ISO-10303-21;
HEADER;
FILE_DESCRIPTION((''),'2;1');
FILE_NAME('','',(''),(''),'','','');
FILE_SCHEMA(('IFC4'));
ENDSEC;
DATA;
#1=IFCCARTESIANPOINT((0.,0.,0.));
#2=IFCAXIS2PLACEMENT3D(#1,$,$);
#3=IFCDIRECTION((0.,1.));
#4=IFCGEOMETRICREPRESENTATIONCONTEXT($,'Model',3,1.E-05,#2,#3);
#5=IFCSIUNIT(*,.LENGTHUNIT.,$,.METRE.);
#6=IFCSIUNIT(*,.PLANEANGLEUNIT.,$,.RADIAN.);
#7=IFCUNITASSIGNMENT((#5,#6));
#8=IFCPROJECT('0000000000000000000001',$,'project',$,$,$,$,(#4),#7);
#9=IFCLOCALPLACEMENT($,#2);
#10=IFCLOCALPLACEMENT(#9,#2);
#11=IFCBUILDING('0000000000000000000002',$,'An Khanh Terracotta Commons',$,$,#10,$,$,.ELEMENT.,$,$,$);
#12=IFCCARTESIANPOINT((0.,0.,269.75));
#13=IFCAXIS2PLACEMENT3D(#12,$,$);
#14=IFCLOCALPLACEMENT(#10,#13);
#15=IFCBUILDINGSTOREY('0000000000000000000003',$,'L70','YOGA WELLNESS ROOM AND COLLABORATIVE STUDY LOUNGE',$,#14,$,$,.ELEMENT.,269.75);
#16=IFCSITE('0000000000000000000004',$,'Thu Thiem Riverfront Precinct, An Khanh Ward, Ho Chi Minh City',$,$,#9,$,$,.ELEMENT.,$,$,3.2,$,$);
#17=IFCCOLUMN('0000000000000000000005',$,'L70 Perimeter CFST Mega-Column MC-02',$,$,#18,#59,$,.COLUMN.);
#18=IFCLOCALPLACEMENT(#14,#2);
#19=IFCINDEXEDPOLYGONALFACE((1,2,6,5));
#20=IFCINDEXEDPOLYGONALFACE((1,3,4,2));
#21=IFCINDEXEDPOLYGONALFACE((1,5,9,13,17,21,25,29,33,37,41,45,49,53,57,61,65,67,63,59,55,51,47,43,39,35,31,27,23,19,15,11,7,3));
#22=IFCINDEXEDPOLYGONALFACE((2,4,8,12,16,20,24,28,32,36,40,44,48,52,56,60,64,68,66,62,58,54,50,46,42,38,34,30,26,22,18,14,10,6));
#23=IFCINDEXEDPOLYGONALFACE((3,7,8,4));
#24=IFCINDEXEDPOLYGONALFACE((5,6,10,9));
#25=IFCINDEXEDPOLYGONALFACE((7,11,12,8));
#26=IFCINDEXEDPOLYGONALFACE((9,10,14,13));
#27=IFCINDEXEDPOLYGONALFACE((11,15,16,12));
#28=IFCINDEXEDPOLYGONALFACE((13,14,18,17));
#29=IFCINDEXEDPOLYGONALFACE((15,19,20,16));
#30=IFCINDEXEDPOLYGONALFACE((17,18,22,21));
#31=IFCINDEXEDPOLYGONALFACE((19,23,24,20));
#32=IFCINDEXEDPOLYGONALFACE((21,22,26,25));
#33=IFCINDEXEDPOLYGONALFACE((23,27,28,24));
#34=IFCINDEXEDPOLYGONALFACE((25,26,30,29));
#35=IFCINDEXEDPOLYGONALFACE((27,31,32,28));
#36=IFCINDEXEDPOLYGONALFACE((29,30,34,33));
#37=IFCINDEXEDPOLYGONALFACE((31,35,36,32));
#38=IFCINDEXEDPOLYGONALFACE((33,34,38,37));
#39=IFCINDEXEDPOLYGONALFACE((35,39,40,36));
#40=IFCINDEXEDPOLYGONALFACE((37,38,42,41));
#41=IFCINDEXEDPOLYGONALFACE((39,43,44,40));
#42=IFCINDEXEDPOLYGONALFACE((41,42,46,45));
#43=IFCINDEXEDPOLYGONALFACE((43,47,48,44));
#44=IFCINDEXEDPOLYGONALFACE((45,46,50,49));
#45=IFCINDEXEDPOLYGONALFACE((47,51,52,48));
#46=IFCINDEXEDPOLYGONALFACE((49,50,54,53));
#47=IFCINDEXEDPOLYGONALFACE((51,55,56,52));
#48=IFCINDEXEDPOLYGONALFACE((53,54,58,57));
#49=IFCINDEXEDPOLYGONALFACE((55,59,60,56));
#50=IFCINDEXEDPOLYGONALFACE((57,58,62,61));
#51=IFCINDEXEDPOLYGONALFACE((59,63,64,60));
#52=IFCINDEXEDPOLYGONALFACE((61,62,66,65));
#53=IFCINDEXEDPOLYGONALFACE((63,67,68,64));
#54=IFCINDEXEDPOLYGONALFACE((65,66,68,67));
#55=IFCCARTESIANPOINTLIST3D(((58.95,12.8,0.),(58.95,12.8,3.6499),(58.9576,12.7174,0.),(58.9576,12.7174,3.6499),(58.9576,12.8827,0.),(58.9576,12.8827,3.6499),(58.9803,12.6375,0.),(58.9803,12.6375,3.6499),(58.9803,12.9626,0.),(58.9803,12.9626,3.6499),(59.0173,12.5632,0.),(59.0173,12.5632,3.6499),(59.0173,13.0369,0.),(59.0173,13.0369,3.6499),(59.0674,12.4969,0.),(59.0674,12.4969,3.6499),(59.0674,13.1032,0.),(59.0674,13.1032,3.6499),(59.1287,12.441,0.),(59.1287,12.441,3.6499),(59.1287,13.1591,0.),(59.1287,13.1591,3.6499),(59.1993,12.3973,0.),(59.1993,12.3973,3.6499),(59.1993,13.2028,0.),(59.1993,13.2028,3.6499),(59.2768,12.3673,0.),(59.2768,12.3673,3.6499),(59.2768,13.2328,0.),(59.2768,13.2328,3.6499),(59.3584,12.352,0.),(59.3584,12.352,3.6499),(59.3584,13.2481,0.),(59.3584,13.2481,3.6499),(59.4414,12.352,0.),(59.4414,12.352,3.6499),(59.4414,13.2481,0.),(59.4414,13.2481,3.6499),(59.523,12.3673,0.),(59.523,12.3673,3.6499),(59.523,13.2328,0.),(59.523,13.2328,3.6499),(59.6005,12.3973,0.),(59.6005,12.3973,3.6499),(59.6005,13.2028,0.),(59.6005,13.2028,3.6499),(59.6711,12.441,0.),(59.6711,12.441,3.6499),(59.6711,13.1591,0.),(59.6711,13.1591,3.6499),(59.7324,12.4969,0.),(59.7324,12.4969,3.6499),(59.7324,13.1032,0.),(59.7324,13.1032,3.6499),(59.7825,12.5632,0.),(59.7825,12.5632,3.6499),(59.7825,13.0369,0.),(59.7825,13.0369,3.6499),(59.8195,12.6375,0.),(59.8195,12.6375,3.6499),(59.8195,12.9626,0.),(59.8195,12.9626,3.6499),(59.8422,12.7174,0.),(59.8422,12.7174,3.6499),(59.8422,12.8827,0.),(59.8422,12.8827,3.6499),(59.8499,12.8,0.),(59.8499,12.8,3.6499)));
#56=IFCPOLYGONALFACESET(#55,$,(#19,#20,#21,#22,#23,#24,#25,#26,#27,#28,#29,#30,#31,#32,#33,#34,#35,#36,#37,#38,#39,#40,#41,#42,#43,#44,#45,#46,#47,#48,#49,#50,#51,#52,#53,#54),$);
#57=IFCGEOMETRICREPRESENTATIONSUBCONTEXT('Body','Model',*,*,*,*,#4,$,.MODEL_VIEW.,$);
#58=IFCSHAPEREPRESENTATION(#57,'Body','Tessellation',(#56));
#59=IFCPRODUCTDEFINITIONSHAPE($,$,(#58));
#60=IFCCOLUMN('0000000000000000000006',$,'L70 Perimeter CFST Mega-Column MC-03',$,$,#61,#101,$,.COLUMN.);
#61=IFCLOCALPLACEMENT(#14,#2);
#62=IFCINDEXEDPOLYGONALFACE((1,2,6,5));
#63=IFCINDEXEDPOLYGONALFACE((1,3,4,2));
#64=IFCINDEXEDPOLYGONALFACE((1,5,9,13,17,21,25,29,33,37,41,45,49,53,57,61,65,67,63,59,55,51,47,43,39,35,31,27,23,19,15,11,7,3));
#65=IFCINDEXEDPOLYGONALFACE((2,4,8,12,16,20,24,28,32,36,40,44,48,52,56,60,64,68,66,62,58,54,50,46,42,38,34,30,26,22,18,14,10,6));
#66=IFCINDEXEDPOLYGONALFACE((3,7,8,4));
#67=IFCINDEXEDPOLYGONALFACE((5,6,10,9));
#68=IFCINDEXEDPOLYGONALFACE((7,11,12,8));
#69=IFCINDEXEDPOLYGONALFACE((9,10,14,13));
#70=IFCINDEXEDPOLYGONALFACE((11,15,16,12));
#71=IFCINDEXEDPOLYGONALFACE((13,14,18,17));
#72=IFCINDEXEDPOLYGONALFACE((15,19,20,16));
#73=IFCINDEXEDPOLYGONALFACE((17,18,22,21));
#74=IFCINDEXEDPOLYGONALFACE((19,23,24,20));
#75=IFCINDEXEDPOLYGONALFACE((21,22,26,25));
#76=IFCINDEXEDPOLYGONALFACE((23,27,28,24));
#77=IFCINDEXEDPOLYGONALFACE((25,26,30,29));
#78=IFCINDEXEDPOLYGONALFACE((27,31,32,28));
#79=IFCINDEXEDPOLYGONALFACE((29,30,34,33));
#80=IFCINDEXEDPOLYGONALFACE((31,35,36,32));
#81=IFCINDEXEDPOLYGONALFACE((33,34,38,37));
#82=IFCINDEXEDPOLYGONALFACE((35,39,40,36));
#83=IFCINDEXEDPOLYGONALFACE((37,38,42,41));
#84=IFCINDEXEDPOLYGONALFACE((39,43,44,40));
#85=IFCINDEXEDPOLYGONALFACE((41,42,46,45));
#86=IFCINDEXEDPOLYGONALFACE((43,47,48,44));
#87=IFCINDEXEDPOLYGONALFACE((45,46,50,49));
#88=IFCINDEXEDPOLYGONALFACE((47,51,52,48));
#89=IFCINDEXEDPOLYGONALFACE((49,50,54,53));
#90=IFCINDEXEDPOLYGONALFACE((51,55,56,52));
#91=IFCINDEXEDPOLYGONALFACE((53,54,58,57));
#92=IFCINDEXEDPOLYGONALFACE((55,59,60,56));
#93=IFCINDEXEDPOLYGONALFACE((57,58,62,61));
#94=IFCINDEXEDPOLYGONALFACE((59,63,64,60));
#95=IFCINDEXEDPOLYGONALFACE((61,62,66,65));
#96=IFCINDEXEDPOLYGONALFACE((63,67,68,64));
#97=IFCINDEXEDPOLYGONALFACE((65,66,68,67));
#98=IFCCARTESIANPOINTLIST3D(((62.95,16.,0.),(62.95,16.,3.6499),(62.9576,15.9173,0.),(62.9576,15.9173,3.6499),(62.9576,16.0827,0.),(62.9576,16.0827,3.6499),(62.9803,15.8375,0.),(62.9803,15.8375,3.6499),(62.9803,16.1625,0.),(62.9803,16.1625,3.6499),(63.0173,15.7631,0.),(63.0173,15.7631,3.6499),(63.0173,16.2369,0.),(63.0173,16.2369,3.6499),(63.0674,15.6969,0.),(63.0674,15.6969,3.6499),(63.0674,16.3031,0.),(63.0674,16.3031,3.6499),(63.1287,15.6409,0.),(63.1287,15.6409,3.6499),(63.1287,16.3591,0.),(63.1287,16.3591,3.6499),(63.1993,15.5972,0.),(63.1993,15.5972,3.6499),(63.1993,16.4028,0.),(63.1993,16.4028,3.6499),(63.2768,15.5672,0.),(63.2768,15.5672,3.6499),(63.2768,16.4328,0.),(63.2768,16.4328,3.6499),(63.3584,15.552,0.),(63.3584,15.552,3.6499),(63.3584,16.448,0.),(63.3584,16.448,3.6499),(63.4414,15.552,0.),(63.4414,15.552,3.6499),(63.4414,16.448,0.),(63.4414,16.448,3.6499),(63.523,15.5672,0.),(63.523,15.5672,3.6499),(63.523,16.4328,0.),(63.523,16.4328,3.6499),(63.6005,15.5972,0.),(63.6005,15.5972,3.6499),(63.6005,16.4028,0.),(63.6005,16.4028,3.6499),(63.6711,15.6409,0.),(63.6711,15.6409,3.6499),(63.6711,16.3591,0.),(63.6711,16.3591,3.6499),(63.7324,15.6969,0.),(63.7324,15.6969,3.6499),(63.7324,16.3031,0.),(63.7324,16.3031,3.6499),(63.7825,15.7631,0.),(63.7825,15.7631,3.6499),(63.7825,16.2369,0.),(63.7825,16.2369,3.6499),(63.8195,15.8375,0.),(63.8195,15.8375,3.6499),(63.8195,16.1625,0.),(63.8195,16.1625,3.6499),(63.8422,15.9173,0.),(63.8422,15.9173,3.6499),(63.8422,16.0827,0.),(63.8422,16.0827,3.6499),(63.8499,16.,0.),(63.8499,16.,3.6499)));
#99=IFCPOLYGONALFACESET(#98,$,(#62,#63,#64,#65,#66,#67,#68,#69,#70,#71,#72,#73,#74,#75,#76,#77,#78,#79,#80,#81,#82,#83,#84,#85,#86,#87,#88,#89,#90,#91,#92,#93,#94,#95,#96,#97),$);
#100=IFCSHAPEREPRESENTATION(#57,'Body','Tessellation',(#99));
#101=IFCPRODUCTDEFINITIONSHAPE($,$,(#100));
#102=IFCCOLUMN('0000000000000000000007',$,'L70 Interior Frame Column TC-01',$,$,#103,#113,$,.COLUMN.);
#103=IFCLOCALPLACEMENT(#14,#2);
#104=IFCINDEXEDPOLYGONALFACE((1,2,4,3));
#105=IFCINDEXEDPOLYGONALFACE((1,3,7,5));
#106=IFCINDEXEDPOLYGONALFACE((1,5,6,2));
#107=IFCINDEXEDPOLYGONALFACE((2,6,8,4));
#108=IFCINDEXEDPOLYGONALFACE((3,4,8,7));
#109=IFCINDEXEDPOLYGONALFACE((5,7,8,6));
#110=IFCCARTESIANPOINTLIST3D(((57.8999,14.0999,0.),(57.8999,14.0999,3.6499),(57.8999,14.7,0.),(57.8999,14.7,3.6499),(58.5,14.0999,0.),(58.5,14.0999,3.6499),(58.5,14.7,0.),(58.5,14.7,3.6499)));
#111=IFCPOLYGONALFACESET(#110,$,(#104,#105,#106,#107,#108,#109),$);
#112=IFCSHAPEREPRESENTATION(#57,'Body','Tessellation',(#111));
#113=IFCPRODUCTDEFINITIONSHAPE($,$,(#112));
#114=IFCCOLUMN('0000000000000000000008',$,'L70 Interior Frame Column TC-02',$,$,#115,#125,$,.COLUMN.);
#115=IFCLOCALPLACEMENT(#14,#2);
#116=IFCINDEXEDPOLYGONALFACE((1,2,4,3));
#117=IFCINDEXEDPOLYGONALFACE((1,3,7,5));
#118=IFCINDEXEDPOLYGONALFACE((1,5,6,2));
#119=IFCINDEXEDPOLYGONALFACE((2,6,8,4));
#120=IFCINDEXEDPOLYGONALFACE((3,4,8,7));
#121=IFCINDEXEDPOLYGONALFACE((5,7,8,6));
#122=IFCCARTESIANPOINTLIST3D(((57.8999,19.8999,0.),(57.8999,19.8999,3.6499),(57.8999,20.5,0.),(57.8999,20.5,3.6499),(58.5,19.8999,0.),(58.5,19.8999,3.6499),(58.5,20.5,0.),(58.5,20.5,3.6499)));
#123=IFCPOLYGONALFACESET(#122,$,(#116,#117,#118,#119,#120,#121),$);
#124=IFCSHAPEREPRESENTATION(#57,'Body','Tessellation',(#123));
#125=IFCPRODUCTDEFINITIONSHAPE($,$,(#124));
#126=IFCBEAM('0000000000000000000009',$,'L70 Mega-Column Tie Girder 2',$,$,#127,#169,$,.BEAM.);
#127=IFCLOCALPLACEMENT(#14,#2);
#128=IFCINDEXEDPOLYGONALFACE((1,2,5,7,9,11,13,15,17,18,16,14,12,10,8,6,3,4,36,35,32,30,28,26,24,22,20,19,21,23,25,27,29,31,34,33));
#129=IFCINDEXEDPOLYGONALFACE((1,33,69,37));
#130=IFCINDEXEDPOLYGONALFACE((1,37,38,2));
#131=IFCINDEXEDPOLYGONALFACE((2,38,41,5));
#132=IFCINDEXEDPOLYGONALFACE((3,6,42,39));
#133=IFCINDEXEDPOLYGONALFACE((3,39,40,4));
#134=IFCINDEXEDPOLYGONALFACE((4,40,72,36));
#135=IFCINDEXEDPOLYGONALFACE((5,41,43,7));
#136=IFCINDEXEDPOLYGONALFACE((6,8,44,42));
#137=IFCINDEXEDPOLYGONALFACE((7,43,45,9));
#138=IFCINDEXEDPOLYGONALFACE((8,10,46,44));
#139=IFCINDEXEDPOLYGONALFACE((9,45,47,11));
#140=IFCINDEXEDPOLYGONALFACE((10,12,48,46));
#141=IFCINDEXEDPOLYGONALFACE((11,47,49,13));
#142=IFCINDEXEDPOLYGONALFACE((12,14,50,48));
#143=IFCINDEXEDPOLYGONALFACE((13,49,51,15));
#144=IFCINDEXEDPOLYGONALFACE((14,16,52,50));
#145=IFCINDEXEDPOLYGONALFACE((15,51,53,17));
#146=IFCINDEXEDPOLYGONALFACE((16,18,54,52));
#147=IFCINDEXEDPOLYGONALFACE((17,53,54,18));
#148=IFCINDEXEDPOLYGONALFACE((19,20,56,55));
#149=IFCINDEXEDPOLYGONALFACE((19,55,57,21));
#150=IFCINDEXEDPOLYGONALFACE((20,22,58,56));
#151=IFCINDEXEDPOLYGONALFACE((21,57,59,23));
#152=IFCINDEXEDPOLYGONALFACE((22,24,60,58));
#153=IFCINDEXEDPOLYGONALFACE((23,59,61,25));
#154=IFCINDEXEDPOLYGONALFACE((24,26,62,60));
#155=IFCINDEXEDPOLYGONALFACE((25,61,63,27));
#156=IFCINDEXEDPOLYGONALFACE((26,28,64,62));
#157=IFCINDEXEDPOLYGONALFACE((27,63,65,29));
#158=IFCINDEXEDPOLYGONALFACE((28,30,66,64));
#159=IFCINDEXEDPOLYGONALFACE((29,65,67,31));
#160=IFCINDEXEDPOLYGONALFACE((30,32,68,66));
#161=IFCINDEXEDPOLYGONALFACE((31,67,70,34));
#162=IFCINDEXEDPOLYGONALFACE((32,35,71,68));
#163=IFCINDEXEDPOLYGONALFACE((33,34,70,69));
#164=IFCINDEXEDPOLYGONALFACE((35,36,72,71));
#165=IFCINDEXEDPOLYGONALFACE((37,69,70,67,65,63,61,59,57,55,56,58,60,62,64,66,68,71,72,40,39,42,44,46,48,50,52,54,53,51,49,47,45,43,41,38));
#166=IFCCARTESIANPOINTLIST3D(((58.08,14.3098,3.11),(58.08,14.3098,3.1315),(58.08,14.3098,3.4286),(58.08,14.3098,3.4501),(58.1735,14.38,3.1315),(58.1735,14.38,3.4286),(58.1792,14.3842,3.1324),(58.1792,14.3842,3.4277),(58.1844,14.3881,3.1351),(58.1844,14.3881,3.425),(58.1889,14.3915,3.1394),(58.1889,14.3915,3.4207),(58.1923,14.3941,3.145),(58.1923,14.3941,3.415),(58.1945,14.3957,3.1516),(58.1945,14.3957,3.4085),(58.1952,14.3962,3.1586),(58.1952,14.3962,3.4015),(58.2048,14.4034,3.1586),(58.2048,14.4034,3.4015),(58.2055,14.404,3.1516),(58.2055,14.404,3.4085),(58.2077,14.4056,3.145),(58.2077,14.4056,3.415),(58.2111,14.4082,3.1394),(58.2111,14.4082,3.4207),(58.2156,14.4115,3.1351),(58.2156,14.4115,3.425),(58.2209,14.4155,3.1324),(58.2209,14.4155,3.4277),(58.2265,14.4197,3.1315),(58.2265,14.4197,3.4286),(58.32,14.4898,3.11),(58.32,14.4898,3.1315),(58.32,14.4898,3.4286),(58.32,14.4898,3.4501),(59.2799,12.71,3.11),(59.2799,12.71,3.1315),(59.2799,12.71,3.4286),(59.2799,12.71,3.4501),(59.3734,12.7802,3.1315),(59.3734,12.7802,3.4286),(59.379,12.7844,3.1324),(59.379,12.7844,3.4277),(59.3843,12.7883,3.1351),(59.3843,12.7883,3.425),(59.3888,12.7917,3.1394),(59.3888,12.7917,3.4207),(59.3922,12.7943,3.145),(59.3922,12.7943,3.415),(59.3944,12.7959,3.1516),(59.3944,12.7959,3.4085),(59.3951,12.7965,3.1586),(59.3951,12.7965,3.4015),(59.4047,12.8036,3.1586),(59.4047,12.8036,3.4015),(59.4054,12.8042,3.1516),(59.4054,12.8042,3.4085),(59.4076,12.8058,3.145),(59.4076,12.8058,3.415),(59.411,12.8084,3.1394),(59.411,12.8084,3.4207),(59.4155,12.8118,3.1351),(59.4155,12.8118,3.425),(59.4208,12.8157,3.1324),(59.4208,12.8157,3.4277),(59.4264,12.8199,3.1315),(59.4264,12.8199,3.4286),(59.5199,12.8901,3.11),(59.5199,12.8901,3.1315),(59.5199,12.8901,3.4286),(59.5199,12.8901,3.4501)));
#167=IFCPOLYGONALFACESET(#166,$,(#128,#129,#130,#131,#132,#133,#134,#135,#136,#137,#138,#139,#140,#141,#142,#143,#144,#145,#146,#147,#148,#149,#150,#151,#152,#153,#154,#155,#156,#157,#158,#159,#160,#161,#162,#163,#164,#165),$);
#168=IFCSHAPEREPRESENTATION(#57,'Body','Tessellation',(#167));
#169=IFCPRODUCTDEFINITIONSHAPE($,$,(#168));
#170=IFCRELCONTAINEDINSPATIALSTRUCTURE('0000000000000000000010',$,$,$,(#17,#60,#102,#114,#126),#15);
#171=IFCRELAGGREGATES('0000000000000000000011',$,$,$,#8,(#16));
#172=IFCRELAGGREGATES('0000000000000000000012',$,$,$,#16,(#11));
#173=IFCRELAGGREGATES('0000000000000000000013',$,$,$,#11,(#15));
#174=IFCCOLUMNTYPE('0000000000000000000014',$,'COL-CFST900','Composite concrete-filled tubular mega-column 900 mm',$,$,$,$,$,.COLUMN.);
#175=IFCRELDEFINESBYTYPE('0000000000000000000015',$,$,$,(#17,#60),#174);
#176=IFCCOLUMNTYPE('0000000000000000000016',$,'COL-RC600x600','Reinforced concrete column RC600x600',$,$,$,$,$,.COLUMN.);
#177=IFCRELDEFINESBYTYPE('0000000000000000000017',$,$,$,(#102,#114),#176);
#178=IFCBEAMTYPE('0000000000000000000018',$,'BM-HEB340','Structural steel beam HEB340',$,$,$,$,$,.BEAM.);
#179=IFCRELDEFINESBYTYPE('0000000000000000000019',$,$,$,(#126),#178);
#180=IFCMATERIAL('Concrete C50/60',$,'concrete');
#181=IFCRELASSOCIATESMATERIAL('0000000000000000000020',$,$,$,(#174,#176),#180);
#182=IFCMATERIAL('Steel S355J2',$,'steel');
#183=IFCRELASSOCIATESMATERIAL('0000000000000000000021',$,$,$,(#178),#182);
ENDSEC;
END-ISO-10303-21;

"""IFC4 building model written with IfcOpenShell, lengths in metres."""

from ifc_helpers import new_model, si_unit, direction, frame, origin, origin_2d, place, context, subcontext, project, spatial, rectangle, circle, i_section, extrude, material, material_profile, profile_set, type_object, element, save


model = new_model("IFC4")

# Units and contexts
model_context = context("Model", 3, precision=1e-05, world=origin(), true_north=direction((0.0, 1.0)))
body_context = subcontext(model_context, "Body", "Model", "MODEL_VIEW")
ifc_project = project(units=[si_unit("LENGTHUNIT", "METRE"), si_unit("PLANEANGLEUNIT", "RADIAN")], contexts=[model_context])

# Site, building, storey
site_placement = place(None, origin())
site = spatial("IfcSite", under=ifc_project, at=site_placement, Name="Thu Thiem Riverfront Precinct, An Khanh Ward, Ho Chi Minh City", CompositionType="ELEMENT", RefElevation=3.2)
building_placement = place(site_placement, origin())
building = spatial("IfcBuilding", under=site, at=building_placement, Name="An Khanh Terracotta Commons", CompositionType="ELEMENT")
storey_placement = place(building_placement, frame((0.0, 0.0, 269.75)))
storey = spatial("IfcBuildingStorey", under=building, at=storey_placement, Name="L70", Description="YOGA WELLNESS ROOM AND COLLABORATIVE STUDY LOUNGE", CompositionType="ELEMENT", Elevation=269.75)

# Columns
ifc_material_1 = material(Name="Concrete C50/60", Category="concrete")
ifc_material_profile_1 = material_profile(ifc_material_1, circle(Radius=0.45, at=origin_2d()), Name="CFST900")
ifc_profile_set_1 = profile_set([ifc_material_profile_1], Name="Concrete C50/60")
column_type_1 = type_object("IfcColumnType", Name="COL-CFST900", Description="Composite concrete-filled tubular mega-column 900 mm", PredefinedType="COLUMN", material=ifc_profile_set_1)
for number, where, z_axis, x_axis, name in (
    (1, (59.3999, 12.8, 0.0), (0.0, 0.0, 1.0), (1.0, 0.0, 0.0), "L70 Perimeter CFST Mega-Column MC-02"),
    (2, (63.3999, 16.0, 0.0), (0.0, 0.0, 1.0), (1.0, 0.0, 0.0), "L70 Perimeter CFST Mega-Column MC-03"),
):
    element("IfcColumn", number, at=place(storey_placement, frame(where, z_axis=z_axis, x_axis=x_axis)), inside=storey, type_object=column_type_1, Name=name, PredefinedType="COLUMN", context=body_context, shape_type="SweptSolid", body=[
        extrude(circle(Radius=0.45, at=origin_2d()), origin(), (0.0, 0.0, 1.0), 3.6499),
    ])
ifc_material_profile_2 = material_profile(ifc_material_1, rectangle(XDim=0.6001, YDim=0.6001, at=origin_2d()), Name="RC600x600")
ifc_profile_set_2 = profile_set([ifc_material_profile_2], Name="Concrete C50/60")
column_type_2 = type_object("IfcColumnType", Name="COL-RC600x600", Description="Reinforced concrete column RC600x600", PredefinedType="COLUMN", material=ifc_profile_set_2)
for number, where, z_axis, x_axis, name in (
    (3, (58.2, 14.3999, 0.0), (0.0, 0.0, 1.0), (1.0, 0.0, 0.0), "L70 Interior Frame Column TC-01"),
    (4, (58.2, 20.2, 0.0), (0.0, 0.0, 1.0), (1.0, 0.0, 0.0), "L70 Interior Frame Column TC-02"),
):
    element("IfcColumn", number, at=place(storey_placement, frame(where, z_axis=z_axis, x_axis=x_axis)), inside=storey, type_object=column_type_2, Name=name, PredefinedType="COLUMN", context=body_context, shape_type="SweptSolid", body=[
        extrude(rectangle(XDim=0.6001, YDim=0.6001, at=origin_2d()), origin(), (0.0, 0.0, 1.0), 3.6499),
    ])

# Beam
ifc_material_2 = material(Name="Steel S355J2", Category="steel")
ifc_material_profile_3 = material_profile(ifc_material_2, i_section(OverallWidth=0.3, OverallDepth=0.3401, WebThickness=0.012, FlangeThickness=0.0215, FilletRadius=0.0271, at=origin_2d()), Name="HEB340")
ifc_profile_set_3 = profile_set([ifc_material_profile_3], Name="Steel S355J2")
beam_type_1 = type_object("IfcBeamType", Name="BM-HEB340", Description="Structural steel beam HEB340", PredefinedType="BEAM", material=ifc_profile_set_3)
beam_1_placement = place(storey_placement, frame((59.3999, 12.8, 3.28), z_axis=(-0.60002, 0.799985, 0.0), x_axis=(-0.799985, -0.60002, 0.0)))
element("IfcBeam", 5, at=beam_1_placement, inside=storey, type_object=beam_type_1, Name="L70 Mega-Column Tie Girder 2", PredefinedType="BEAM", context=body_context, shape_type="SweptSolid", body=[
    extrude(i_section(OverallWidth=0.3, OverallDepth=0.3401, WebThickness=0.012, FlangeThickness=0.0215, FilletRadius=0.0271, at=origin_2d()), origin(), (0.0, 0.0, 1.0), 1.9998),
])

save(model, "model.ifc")
